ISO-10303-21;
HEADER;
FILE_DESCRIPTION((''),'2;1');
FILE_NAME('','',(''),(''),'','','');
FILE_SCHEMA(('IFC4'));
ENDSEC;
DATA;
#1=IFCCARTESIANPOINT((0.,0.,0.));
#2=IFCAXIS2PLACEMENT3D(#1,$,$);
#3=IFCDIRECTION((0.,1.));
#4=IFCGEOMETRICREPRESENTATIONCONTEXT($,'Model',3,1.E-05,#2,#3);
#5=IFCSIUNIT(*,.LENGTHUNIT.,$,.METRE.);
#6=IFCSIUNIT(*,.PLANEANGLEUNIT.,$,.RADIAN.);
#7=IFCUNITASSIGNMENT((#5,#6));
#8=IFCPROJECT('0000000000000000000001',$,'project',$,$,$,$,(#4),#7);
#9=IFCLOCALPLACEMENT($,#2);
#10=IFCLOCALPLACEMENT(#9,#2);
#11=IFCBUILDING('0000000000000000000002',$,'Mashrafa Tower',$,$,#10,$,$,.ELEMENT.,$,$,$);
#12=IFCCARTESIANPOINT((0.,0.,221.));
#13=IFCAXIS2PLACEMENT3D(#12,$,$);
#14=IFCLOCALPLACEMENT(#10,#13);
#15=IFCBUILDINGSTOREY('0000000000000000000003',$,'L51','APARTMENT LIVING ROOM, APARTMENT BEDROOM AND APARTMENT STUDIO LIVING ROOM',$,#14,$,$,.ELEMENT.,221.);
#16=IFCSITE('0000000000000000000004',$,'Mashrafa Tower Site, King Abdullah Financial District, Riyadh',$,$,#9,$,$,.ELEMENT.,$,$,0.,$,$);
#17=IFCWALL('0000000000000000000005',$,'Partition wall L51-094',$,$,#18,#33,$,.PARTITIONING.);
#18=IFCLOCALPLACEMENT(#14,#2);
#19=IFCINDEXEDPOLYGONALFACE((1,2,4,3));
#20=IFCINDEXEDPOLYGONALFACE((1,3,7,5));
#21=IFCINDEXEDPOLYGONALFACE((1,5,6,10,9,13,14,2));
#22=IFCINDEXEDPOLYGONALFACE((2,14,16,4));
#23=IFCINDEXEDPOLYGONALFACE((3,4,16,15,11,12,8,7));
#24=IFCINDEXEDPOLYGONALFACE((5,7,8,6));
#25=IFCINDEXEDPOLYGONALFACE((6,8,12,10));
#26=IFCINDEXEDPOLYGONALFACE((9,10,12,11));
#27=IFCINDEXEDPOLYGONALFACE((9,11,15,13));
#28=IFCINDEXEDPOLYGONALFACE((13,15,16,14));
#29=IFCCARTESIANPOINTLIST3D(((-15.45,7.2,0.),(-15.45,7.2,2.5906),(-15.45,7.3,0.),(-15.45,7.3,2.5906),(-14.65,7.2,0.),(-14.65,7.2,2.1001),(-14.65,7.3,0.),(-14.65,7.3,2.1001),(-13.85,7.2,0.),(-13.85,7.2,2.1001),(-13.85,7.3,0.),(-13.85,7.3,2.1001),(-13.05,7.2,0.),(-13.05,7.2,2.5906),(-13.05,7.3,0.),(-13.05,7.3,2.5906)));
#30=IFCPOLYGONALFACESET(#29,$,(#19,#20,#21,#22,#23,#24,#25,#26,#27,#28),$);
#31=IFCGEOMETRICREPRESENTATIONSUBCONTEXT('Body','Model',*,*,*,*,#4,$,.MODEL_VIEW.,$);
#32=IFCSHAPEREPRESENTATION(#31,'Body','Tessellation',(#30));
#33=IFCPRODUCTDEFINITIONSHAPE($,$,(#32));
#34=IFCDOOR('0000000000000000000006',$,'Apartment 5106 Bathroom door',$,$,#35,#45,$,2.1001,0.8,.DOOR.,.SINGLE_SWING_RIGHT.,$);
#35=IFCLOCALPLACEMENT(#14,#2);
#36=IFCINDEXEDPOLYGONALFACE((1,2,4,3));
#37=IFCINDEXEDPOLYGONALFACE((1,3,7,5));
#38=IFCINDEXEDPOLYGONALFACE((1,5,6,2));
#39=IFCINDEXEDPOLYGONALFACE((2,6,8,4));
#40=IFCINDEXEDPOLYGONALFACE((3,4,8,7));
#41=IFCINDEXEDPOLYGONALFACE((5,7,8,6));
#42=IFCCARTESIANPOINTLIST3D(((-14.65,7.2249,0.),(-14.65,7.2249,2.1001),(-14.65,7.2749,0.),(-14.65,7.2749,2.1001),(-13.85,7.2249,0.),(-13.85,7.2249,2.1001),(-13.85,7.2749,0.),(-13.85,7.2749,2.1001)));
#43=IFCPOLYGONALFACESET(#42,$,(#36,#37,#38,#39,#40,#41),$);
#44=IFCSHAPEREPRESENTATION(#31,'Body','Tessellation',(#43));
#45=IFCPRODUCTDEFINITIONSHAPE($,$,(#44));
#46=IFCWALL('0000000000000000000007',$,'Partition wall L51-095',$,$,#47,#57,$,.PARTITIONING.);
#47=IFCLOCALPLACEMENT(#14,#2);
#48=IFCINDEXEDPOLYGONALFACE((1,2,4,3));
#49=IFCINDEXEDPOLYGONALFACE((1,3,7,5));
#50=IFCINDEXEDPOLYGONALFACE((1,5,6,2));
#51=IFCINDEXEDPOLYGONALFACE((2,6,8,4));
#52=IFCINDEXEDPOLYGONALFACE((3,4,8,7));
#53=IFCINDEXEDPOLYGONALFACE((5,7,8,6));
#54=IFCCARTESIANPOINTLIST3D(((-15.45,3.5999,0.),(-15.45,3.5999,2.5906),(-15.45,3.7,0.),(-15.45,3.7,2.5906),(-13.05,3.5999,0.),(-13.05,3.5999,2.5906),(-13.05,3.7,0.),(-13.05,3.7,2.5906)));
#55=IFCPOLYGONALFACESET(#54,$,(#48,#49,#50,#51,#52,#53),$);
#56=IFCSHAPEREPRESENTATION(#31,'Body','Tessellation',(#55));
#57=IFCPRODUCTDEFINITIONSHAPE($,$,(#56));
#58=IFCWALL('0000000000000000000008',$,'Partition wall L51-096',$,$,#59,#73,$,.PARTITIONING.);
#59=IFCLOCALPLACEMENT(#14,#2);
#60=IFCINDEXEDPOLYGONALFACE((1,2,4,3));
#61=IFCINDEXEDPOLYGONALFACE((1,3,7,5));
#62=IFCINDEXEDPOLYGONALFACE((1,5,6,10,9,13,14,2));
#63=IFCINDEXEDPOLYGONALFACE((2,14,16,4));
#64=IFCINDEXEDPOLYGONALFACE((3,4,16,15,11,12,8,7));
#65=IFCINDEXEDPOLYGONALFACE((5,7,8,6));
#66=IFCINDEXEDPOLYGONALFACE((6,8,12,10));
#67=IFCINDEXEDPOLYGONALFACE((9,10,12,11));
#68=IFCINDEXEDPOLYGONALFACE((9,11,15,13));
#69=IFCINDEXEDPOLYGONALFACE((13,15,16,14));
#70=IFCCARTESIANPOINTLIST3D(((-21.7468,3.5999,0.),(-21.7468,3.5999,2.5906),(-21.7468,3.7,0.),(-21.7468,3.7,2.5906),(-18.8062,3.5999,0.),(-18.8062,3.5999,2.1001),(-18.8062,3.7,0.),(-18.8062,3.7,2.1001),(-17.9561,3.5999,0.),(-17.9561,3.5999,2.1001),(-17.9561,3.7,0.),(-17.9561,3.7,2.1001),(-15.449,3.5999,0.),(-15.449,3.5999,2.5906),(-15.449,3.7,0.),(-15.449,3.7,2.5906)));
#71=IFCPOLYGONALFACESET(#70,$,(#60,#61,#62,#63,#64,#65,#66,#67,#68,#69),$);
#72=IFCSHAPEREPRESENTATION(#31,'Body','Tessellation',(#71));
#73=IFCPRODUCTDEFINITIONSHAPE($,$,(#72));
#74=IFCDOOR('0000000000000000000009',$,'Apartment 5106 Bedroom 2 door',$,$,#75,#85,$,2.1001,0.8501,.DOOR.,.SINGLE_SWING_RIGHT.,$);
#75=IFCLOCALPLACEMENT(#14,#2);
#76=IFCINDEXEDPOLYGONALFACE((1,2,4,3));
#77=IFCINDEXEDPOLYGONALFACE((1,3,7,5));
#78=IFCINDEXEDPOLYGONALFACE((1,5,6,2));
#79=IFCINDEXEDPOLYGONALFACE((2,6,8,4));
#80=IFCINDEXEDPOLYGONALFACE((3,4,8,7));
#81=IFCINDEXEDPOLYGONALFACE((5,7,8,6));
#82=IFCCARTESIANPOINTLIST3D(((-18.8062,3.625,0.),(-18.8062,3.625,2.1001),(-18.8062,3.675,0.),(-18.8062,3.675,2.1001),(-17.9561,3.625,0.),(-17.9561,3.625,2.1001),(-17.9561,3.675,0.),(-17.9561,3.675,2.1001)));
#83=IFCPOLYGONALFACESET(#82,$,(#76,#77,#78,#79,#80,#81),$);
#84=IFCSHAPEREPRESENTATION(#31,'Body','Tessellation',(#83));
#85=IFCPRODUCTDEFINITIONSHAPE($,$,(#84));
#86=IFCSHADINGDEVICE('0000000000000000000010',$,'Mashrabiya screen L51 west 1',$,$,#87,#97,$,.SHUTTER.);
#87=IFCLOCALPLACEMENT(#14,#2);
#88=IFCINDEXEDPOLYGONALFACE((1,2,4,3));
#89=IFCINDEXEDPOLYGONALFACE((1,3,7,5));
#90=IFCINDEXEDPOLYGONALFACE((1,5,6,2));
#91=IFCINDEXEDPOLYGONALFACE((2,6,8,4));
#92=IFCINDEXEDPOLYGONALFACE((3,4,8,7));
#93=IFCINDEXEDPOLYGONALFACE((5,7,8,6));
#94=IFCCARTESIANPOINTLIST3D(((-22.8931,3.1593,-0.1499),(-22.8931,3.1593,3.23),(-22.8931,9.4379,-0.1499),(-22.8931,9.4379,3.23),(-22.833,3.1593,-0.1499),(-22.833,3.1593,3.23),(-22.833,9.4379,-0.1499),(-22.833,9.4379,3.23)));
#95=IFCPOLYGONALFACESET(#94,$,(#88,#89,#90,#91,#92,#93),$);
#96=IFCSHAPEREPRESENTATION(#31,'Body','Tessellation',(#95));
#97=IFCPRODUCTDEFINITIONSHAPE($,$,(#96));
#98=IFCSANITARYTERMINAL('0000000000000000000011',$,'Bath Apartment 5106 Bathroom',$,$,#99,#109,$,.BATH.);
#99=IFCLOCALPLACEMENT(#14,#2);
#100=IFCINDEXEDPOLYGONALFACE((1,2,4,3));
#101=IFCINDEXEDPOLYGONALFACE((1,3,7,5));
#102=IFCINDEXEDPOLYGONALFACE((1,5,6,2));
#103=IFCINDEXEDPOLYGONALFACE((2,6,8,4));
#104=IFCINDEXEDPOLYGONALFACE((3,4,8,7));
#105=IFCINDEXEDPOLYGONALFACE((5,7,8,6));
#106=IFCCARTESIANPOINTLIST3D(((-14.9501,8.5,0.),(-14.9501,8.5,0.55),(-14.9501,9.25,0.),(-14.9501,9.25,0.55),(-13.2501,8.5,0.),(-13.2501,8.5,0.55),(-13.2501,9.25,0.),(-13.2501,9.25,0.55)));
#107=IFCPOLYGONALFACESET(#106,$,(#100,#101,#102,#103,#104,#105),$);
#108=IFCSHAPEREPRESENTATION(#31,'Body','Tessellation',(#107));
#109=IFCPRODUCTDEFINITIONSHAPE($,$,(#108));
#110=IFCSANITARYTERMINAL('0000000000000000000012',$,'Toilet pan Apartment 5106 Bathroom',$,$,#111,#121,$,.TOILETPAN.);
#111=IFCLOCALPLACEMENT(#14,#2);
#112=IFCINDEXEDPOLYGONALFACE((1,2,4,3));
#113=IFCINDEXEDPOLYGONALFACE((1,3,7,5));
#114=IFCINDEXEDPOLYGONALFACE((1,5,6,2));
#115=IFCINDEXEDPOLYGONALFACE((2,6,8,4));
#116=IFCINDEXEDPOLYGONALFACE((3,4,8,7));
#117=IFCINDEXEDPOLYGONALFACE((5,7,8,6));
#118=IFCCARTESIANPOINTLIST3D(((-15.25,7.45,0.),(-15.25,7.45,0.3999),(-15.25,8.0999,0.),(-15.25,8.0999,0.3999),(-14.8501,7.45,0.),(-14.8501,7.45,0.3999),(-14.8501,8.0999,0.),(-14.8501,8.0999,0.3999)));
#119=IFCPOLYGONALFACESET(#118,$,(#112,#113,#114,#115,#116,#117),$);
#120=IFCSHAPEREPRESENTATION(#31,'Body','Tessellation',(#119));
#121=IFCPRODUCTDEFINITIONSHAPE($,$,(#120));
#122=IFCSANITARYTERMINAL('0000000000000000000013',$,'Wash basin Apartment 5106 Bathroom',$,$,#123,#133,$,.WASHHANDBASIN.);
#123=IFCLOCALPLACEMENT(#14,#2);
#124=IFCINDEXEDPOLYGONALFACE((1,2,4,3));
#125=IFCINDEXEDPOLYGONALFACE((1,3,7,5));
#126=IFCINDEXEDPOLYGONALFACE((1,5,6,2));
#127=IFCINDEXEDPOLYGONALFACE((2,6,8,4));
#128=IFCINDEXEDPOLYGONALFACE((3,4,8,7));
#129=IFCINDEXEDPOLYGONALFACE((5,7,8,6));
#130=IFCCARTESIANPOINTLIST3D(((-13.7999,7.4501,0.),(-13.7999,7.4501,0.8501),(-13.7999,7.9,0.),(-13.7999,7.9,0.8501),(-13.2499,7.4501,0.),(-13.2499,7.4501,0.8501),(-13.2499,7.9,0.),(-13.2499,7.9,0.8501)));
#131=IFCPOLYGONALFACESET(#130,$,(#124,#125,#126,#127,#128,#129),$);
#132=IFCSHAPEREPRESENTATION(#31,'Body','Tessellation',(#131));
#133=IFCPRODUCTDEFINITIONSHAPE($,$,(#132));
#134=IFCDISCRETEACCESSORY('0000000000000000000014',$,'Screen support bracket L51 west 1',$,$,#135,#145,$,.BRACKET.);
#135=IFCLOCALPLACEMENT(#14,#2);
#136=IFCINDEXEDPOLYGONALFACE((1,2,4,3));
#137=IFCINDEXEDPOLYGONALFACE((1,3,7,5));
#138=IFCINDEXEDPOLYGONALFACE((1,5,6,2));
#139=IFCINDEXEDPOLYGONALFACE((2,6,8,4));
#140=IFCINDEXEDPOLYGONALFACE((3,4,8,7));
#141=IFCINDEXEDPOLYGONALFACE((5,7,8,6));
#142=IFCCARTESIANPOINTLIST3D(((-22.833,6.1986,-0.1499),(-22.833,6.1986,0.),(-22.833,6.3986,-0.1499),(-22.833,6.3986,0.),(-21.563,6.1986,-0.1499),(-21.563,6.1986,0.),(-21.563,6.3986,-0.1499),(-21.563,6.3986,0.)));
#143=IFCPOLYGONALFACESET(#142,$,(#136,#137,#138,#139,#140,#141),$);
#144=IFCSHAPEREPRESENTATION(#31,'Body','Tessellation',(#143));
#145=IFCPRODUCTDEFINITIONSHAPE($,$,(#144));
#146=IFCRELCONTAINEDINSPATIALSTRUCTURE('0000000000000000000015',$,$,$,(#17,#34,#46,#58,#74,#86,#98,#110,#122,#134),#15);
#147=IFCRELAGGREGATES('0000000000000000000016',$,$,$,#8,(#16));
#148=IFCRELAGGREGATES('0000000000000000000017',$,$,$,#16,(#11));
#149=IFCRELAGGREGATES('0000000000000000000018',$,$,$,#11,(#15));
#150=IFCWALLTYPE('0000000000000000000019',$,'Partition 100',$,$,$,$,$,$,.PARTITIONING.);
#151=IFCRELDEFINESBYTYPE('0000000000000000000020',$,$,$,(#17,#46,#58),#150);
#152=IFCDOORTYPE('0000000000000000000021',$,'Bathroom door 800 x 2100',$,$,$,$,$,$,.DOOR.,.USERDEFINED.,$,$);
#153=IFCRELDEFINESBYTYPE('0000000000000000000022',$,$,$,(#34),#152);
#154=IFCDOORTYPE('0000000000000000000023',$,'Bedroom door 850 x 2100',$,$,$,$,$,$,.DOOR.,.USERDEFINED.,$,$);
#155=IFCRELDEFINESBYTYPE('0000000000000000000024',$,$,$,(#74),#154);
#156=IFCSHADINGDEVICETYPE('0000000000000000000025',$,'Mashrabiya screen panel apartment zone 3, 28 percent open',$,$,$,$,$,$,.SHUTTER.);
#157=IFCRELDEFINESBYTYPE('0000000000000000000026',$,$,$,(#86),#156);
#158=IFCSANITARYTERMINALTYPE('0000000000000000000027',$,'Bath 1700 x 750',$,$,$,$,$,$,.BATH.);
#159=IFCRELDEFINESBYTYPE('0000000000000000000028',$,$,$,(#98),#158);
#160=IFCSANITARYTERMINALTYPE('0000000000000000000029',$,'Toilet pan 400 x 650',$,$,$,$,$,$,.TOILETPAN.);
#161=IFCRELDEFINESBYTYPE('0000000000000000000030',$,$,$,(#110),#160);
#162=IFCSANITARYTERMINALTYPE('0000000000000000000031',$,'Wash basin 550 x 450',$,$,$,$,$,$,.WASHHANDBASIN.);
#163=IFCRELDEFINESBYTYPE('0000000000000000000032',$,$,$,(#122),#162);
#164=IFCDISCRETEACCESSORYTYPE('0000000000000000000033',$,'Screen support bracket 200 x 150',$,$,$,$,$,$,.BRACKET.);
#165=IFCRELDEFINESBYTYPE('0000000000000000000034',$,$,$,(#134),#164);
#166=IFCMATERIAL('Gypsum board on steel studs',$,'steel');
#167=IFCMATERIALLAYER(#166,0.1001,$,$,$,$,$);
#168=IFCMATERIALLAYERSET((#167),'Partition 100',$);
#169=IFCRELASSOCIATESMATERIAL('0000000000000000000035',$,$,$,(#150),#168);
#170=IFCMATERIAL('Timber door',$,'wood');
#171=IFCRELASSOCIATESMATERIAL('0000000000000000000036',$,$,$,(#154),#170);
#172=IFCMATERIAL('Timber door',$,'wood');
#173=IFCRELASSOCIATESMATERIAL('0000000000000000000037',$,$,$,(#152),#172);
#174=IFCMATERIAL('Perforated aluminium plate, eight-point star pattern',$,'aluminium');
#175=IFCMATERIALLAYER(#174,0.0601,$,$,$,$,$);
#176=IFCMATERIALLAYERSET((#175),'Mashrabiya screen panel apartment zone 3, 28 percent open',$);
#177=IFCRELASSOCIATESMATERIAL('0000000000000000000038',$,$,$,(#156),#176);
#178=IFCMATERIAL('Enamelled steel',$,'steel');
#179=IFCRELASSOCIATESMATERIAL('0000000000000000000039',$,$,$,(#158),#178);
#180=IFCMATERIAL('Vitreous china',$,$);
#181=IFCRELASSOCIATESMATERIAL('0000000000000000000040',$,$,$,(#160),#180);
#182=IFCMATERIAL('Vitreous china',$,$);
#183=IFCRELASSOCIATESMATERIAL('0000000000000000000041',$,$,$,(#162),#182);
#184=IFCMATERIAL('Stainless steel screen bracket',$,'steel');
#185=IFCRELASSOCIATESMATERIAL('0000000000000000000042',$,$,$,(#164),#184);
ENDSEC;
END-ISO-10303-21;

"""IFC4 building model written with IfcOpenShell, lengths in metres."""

from ifc_helpers import new_model, si_unit, direction, frame, frame_2d, origin, origin_2d, place, context, subcontext, project, spatial, rectangle, extrude, source, transform, mapped, material, layer, layer_set, type_object, type_shapes, element, fill, save


model = new_model("IFC4")

# Units and contexts
model_context = context("Model", 3, precision=1e-05, world=origin(), true_north=direction((0.0, 1.0)))
body_context = subcontext(model_context, "Body", "Model", "MODEL_VIEW")
ifc_project = project(units=[si_unit("LENGTHUNIT", "METRE"), si_unit("PLANEANGLEUNIT", "RADIAN")], contexts=[model_context])

# Site, building, storey
site_placement = place(None, origin())
site = spatial("IfcSite", under=ifc_project, at=site_placement, Name="Mashrafa Tower Site, King Abdullah Financial District, Riyadh", CompositionType="ELEMENT", RefElevation=0.0)
building_placement = place(site_placement, origin())
building = spatial("IfcBuilding", under=site, at=building_placement, Name="Mashrafa Tower", CompositionType="ELEMENT")
storey_placement = place(building_placement, frame((0.0, 0.0, 221.0)))
storey = spatial("IfcBuildingStorey", under=building, at=storey_placement, Name="L51", Description="APARTMENT LIVING ROOM, APARTMENT BEDROOM AND APARTMENT STUDIO LIVING ROOM", CompositionType="ELEMENT", Elevation=221.0)

# Shared definitions
ifc_material_1 = material(Name="Gypsum board on steel studs", Category="steel")
ifc_layer_1 = layer(ifc_material_1, 0.1001)
ifc_layer_set_1 = layer_set([ifc_layer_1], Name="Partition 100")
wall_type_1 = type_object("IfcWallType", Name="Partition 100", PredefinedType="PARTITIONING", material=ifc_layer_set_1)
ifc_material_2 = material(Name="Timber door", Category="wood")
door_type_1 = type_object("IfcDoorType", Name="Bedroom door 850 x 2100", OperationType="USERDEFINED", PredefinedType="DOOR", material=ifc_material_2)

# Wall, opening, door
wall_1_placement = place(storey_placement, frame((-15.45, 7.25, 0.0), z_axis=(0.0, 0.0, 1.0), x_axis=(1.0, 0.0, 0.0)))
wall_1 = element("IfcWall", 1, at=wall_1_placement, inside=storey, type_object=wall_type_1, Name="Partition wall L51-094", PredefinedType="PARTITIONING", context=body_context, shape_type="SweptSolid", body=[
    extrude(rectangle(XDim=2.3999, YDim=0.1001, at=frame_2d((1.2, 0.0))), origin(), (0.0, 0.0, 1.0), 2.5906),
])
opening_1_placement = place(wall_1_placement, frame((0.8, 0.0, 0.0)))
opening_1 = element("IfcOpeningElement", 2, at=opening_1_placement, cuts=wall_1, PredefinedType="OPENING", context=body_context, shape_type="SweptSolid", body=[
    extrude(rectangle(XDim=0.8, YDim=2.1001, at=frame_2d((0.3999, 1.05))), frame((0.0, 0.0601, 0.0), z_axis=(0.0, -1.0, 0.0), x_axis=(1.0, 0.0, 0.0)), (0.0, 0.0, 1.0), 0.1201),
])
ifc_material_3 = material(Name="Timber door", Category="wood")
door_type_2 = type_object("IfcDoorType", Name="Bathroom door 800 x 2100", OperationType="USERDEFINED", PredefinedType="DOOR", material=ifc_material_3)
door_1_placement = place(opening_1_placement, origin())
door_1 = element("IfcDoor", 3, at=door_1_placement, inside=storey, type_object=door_type_2, Name="Apartment 5106 Bathroom door", OperationType="SINGLE_SWING_RIGHT", OverallHeight=2.1001, OverallWidth=0.8, PredefinedType="DOOR", context=body_context, shape_type="SweptSolid", body=[
    extrude(rectangle(XDim=0.8, YDim=2.1001, at=frame_2d((0.3999, 1.05))), frame((0.0, 0.0249, 0.0), z_axis=(0.0, -1.0, 0.0), x_axis=(1.0, 0.0, 0.0)), (0.0, 0.0, 1.0), 0.05),
])
fill(opening_1, door_1)

# Wall
wall_2_placement = place(storey_placement, frame((-15.45, 3.6499, 0.0), z_axis=(0.0, 0.0, 1.0), x_axis=(1.0, 0.0, 0.0)))
element("IfcWall", 4, at=wall_2_placement, inside=storey, type_object=wall_type_1, Name="Partition wall L51-095", PredefinedType="PARTITIONING", context=body_context, shape_type="SweptSolid", body=[
    extrude(rectangle(XDim=2.3999, YDim=0.1001, at=frame_2d((1.2, 0.0))), origin(), (0.0, 0.0, 1.0), 2.5906),
])

# Wall, opening, door
wall_3_placement = place(storey_placement, frame((-15.449, 3.6499, 0.0), z_axis=(0.0, 0.0, 1.0), x_axis=(-1.0, 0.0, 0.0)))
wall_3 = element("IfcWall", 5, at=wall_3_placement, inside=storey, type_object=wall_type_1, Name="Partition wall L51-096", PredefinedType="PARTITIONING", context=body_context, shape_type="SweptSolid", body=[
    extrude(rectangle(XDim=6.2979, YDim=0.1001, at=frame_2d((3.1489, 0.0))), origin(), (0.0, 0.0, 1.0), 2.5906),
])
opening_2_placement = place(wall_3_placement, frame((2.5071, 0.0, 0.0)))
opening_2 = element("IfcOpeningElement", 6, at=opening_2_placement, cuts=wall_3, PredefinedType="OPENING", context=body_context, shape_type="SweptSolid", body=[
    extrude(rectangle(XDim=0.8501, YDim=2.1001, at=frame_2d((0.425, 1.05))), frame((0.0, 0.0601, 0.0), z_axis=(0.0, -1.0, 0.0), x_axis=(1.0, 0.0, 0.0)), (0.0, 0.0, 1.0), 0.1201),
])
door_2_placement = place(opening_2_placement, origin())
door_2 = element("IfcDoor", 7, at=door_2_placement, inside=storey, type_object=door_type_1, Name="Apartment 5106 Bedroom 2 door", OperationType="SINGLE_SWING_RIGHT", OverallHeight=2.1001, OverallWidth=0.8501, PredefinedType="DOOR", context=body_context, shape_type="SweptSolid", body=[
    extrude(rectangle(XDim=0.8501, YDim=2.1001, at=frame_2d((0.425, 1.05))), frame((0.0, 0.0249, 0.0), z_axis=(0.0, -1.0, 0.0), x_axis=(1.0, 0.0, 0.0)), (0.0, 0.0, 1.0), 0.05),
])
fill(opening_2, door_2)

# Shading device
ifc_material_4 = material(Name="Perforated aluminium plate, eight-point star pattern", Category="aluminium")
ifc_layer_2 = layer(ifc_material_4, 0.0601)
ifc_layer_set_2 = layer_set([ifc_layer_2], Name="Mashrabiya screen panel apartment zone 3, 28 percent open")
shading_device_type = type_object("IfcShadingDeviceType", Name="Mashrabiya screen panel apartment zone 3, 28 percent open", PredefinedType="SHUTTER", material=ifc_layer_set_2)
shared_shape_1 = source(origin(), body_context, "Body", "SweptSolid", [
    extrude(rectangle(XDim=6.2786, YDim=0.0601, at=origin_2d()), origin(), (0.0, 0.0, 1.0), 3.3799),
])
type_shapes(shading_device_type, [shared_shape_1])
shading_device_placement = place(storey_placement, frame((-22.863, 6.2986, -0.1499), z_axis=(0.0, 0.0, 1.0), x_axis=(0.0, -1.0, 0.0)))
element("IfcShadingDevice", 8, at=shading_device_placement, inside=storey, type_object=shading_device_type, Name="Mashrabiya screen L51 west 1", PredefinedType="SHUTTER", context=body_context, shape_type="MappedRepresentation", body=[
    mapped(shared_shape_1, transform((0.0, 0.0, 0.0))),
])

# Sanitary terminals
ifc_material_5 = material(Name="Enamelled steel", Category="steel")
sanitary_terminal_type_1 = type_object("IfcSanitaryTerminalType", Name="Bath 1700 x 750", PredefinedType="BATH", material=ifc_material_5)
sanitary_terminal_1_placement = place(storey_placement, frame((-14.1001, 8.875, 0.0), z_axis=(0.0, 0.0, 1.0), x_axis=(-1.0, 0.0, 0.0)))
element("IfcSanitaryTerminal", 9, at=sanitary_terminal_1_placement, inside=storey, type_object=sanitary_terminal_type_1, Name="Bath Apartment 5106 Bathroom", PredefinedType="BATH", context=body_context, shape_type="SweptSolid", body=[
    extrude(rectangle(XDim=1.7, YDim=0.75, at=origin_2d()), origin(), (0.0, 0.0, 1.0), 0.55),
])
ifc_material_6 = material(Name="Vitreous china")
sanitary_terminal_type_2 = type_object("IfcSanitaryTerminalType", Name="Toilet pan 400 x 650", PredefinedType="TOILETPAN", material=ifc_material_6)
sanitary_terminal_2_placement = place(storey_placement, frame((-15.05, 7.7749, 0.0), z_axis=(0.0, 0.0, 1.0), x_axis=(1.0, 0.0, 0.0)))
element("IfcSanitaryTerminal", 10, at=sanitary_terminal_2_placement, inside=storey, type_object=sanitary_terminal_type_2, Name="Toilet pan Apartment 5106 Bathroom", PredefinedType="TOILETPAN", context=body_context, shape_type="SweptSolid", body=[
    extrude(rectangle(XDim=0.3999, YDim=0.6499, at=origin_2d()), origin(), (0.0, 0.0, 1.0), 0.3999),
])
ifc_material_7 = material(Name="Vitreous china")
sanitary_terminal_type_3 = type_object("IfcSanitaryTerminalType", Name="Wash basin 550 x 450", PredefinedType="WASHHANDBASIN", material=ifc_material_7)
sanitary_terminal_3_placement = place(storey_placement, frame((-13.5249, 7.675, 0.0), z_axis=(0.0, 0.0, 1.0), x_axis=(1.0, 0.0, 0.0)))
element("IfcSanitaryTerminal", 11, at=sanitary_terminal_3_placement, inside=storey, type_object=sanitary_terminal_type_3, Name="Wash basin Apartment 5106 Bathroom", PredefinedType="WASHHANDBASIN", context=body_context, shape_type="SweptSolid", body=[
    extrude(rectangle(XDim=0.55, YDim=0.45, at=origin_2d()), origin(), (0.0, 0.0, 1.0), 0.8501),
])

# Discrete accessory
ifc_material_8 = material(Name="Stainless steel screen bracket", Category="steel")
discrete_accessory_type = type_object("IfcDiscreteAccessoryType", Name="Screen support bracket 200 x 150", PredefinedType="BRACKET", material=ifc_material_8)
shared_shape_2 = source(origin(), body_context, "Body", "SweptSolid", [
    extrude(rectangle(XDim=0.2, YDim=1.27, at=origin_2d()), origin(), (0.0, 0.0, 1.0), 0.1499),
])
type_shapes(discrete_accessory_type, [shared_shape_2])
discrete_accessory_placement = place(storey_placement, frame((-22.198, 6.2986, -0.1499), z_axis=(0.0, 0.0, 1.0), x_axis=(0.0, -1.0, 0.0)))
element("IfcDiscreteAccessory", 12, at=discrete_accessory_placement, inside=storey, type_object=discrete_accessory_type, Name="Screen support bracket L51 west 1", PredefinedType="BRACKET", context=body_context, shape_type="MappedRepresentation", body=[
    mapped(shared_shape_2, transform((0.0, 0.0, 0.0))),
])

save(model, "model.ifc")
